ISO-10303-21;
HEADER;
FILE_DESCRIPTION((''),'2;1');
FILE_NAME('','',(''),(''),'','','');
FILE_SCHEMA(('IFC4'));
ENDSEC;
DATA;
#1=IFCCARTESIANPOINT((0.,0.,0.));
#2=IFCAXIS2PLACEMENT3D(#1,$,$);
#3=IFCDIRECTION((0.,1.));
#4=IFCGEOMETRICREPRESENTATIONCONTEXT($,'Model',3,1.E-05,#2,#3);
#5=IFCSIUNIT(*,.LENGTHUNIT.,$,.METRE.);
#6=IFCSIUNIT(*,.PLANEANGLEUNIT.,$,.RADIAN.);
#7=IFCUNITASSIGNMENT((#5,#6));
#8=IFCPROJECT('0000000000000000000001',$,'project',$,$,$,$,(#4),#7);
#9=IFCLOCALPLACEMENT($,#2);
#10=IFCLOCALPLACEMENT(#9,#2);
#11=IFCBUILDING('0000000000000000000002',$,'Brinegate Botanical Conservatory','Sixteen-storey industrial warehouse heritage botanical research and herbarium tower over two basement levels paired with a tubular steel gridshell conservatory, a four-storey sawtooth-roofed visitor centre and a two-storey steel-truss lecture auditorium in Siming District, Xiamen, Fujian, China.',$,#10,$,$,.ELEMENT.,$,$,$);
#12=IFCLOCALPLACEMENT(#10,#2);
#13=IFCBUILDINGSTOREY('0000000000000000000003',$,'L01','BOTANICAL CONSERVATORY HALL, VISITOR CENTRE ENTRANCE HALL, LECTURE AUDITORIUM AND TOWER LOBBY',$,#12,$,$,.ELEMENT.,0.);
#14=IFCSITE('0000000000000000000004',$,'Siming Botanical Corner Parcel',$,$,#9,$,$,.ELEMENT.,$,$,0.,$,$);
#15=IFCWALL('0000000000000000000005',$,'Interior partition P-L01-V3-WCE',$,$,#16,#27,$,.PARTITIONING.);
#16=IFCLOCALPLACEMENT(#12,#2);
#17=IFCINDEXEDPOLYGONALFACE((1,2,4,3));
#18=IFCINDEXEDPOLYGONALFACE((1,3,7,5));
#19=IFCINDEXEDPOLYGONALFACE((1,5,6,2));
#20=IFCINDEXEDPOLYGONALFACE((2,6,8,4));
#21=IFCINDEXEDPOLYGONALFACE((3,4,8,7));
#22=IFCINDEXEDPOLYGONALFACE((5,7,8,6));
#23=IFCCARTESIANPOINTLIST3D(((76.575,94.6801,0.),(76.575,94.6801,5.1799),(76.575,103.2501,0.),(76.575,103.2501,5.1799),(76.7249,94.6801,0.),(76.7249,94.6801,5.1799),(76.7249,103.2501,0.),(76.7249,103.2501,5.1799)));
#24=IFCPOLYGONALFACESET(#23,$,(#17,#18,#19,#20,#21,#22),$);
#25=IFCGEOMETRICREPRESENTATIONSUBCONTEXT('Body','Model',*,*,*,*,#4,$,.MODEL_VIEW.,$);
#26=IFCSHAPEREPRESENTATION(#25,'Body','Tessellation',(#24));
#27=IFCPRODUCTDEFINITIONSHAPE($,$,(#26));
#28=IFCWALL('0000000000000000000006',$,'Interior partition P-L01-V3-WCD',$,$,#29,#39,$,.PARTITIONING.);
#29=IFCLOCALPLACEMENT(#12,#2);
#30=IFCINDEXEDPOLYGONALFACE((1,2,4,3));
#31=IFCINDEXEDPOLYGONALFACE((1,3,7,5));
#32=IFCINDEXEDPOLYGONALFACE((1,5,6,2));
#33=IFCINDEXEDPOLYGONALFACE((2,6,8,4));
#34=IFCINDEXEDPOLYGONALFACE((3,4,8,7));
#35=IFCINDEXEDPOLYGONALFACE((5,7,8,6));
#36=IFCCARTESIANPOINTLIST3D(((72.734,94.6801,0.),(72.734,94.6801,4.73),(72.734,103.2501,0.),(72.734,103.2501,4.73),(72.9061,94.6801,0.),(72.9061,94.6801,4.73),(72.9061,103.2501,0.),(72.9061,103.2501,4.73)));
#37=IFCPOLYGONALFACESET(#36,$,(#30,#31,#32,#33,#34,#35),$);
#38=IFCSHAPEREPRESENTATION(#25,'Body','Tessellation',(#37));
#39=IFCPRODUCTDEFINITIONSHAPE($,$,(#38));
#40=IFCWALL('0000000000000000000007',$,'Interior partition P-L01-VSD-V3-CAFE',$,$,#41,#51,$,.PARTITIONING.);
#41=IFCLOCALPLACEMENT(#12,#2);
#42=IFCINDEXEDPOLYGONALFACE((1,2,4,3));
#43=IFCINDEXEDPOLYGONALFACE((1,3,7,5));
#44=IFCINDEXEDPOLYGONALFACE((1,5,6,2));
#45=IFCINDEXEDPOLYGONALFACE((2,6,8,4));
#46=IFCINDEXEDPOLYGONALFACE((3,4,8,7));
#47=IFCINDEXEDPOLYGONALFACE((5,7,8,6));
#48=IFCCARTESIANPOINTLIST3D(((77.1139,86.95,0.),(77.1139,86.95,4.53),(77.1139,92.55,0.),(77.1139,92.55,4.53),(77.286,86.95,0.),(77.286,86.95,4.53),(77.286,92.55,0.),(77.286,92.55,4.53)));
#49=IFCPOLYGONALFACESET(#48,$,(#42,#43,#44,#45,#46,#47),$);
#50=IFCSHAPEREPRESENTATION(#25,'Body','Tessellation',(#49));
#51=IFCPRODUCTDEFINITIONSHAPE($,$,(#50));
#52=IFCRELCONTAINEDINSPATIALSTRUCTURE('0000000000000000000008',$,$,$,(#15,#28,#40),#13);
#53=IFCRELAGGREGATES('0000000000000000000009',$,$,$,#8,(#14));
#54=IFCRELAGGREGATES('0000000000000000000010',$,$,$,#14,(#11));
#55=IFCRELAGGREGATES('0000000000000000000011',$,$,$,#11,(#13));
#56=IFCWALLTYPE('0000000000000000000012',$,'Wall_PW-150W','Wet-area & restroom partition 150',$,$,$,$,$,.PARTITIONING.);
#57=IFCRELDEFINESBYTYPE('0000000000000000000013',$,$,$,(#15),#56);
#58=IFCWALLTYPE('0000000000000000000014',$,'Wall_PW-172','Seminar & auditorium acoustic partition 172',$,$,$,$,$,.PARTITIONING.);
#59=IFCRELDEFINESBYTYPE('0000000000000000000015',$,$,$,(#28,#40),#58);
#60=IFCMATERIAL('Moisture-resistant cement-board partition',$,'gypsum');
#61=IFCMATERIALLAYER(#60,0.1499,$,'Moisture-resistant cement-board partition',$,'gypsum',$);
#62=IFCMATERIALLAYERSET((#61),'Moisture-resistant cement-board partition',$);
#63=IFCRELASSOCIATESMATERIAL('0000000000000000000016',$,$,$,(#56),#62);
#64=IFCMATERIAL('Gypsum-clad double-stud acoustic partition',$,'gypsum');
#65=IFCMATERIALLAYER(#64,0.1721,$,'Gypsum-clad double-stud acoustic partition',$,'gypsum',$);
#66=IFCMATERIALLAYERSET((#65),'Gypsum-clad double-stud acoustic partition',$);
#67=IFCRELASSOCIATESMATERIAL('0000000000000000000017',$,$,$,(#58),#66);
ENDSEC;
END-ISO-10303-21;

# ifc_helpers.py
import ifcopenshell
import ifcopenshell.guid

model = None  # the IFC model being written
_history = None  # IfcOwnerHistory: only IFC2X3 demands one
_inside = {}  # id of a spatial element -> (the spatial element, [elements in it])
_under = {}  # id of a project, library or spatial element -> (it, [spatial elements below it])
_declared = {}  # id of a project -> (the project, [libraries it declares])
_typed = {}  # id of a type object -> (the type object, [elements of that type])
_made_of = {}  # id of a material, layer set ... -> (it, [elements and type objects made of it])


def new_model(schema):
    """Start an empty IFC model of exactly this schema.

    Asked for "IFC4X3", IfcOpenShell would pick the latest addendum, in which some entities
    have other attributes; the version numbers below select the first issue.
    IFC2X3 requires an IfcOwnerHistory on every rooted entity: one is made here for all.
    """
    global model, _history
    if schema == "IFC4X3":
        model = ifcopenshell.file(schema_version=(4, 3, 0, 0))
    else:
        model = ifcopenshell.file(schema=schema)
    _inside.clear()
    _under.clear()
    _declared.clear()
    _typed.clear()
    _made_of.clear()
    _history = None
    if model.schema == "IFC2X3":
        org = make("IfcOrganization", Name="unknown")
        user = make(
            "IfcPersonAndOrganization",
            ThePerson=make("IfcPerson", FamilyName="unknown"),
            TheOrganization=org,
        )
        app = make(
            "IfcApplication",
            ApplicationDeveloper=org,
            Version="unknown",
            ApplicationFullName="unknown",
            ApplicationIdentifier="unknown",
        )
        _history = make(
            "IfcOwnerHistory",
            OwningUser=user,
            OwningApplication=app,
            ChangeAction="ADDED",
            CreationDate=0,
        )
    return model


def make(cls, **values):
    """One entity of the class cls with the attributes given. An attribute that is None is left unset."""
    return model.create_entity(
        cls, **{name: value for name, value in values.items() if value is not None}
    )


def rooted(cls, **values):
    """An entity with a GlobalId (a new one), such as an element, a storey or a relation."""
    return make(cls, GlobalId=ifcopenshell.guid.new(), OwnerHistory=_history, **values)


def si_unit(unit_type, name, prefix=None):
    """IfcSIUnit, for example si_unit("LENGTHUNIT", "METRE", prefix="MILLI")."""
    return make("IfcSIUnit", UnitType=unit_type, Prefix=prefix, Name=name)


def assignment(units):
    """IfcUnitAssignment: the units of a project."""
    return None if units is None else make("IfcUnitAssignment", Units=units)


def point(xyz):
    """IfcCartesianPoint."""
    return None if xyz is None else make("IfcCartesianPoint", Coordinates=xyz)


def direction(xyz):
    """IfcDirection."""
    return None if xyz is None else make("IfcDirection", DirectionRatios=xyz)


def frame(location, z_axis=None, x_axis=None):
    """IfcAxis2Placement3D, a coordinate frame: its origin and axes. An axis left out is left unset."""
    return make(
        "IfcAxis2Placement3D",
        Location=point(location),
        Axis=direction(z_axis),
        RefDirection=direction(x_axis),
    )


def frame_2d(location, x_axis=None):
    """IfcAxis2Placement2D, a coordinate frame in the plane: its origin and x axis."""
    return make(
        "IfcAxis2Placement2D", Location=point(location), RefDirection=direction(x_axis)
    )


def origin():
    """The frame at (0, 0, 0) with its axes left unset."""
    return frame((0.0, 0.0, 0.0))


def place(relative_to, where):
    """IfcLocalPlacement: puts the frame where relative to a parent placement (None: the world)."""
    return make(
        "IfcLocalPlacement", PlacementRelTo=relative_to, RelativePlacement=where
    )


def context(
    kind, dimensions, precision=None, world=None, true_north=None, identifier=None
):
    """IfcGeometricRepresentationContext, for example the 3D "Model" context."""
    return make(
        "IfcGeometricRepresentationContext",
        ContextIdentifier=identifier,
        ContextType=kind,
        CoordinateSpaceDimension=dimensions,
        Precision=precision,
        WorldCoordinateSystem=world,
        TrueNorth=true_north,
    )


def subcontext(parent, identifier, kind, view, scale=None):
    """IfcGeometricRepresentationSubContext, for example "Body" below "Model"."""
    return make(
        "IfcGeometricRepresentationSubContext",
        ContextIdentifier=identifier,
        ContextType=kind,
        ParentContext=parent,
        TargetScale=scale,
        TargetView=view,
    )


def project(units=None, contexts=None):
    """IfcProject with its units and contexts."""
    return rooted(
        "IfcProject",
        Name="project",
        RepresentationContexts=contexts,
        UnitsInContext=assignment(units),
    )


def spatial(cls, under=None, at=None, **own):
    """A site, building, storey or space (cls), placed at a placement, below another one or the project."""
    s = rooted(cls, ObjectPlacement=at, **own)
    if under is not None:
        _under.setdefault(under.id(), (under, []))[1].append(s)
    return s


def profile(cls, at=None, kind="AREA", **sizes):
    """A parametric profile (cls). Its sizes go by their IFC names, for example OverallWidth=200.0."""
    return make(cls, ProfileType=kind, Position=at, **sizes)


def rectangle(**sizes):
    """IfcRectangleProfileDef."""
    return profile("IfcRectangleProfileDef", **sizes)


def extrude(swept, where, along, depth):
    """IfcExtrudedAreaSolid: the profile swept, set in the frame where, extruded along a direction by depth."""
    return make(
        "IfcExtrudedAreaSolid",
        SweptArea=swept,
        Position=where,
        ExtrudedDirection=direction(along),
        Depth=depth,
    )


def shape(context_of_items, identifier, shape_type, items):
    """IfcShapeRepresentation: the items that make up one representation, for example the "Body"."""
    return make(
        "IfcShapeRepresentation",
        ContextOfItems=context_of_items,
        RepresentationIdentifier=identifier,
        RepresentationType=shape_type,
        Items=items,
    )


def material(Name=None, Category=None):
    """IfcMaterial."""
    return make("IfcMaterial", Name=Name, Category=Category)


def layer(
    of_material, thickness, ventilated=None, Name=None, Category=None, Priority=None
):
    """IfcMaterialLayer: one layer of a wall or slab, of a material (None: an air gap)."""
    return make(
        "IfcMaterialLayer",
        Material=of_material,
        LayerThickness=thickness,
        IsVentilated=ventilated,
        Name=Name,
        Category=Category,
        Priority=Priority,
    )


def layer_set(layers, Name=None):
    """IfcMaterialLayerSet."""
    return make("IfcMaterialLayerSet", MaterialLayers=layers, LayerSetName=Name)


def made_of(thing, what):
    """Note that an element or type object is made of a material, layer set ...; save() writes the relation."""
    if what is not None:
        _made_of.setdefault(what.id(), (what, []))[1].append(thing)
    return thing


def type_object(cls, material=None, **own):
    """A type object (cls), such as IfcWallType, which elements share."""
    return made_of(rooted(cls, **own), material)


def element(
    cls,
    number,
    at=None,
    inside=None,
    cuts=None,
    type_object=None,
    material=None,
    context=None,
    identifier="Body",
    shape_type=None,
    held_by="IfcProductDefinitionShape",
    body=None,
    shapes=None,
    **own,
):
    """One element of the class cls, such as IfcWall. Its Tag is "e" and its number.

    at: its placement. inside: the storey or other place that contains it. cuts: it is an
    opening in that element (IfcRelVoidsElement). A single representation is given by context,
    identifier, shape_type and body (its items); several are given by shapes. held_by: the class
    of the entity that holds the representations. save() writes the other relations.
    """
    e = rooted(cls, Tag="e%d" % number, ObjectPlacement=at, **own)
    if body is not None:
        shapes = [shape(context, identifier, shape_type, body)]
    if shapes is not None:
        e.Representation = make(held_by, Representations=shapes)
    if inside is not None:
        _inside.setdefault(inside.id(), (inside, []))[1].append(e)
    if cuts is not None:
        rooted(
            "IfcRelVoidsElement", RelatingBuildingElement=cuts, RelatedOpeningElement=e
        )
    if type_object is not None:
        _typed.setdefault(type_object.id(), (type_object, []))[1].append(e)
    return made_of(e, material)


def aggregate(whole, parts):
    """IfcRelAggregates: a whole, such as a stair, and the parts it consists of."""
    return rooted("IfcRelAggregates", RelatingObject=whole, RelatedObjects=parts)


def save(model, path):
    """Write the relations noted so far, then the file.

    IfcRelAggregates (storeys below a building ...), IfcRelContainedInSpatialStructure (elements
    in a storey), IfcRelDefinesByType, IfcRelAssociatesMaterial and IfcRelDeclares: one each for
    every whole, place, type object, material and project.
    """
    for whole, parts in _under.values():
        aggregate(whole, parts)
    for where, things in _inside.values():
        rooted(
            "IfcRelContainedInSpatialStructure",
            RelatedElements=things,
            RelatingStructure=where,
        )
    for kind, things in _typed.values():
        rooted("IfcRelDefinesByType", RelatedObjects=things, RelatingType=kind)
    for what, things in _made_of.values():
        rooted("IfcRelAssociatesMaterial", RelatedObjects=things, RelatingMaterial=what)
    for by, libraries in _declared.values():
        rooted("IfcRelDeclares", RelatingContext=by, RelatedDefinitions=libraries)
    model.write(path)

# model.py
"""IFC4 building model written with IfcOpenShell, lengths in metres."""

from ifc_helpers import new_model, si_unit, direction, frame, frame_2d, origin, place, context, subcontext, project, spatial, rectangle, extrude, material, layer, layer_set, type_object, element, save


model = new_model("IFC4")

# Units and contexts
model_context = context("Model", 3, precision=1e-05, world=origin(), true_north=direction((0.0, 1.0)))
body_context = subcontext(model_context, "Body", "Model", "MODEL_VIEW")
ifc_project = project(units=[si_unit("LENGTHUNIT", "METRE"), si_unit("PLANEANGLEUNIT", "RADIAN")], contexts=[model_context])

# Site, building, storey
site_placement = place(None, origin())
site = spatial("IfcSite", under=ifc_project, at=site_placement, Name="Siming Botanical Corner Parcel", CompositionType="ELEMENT", RefElevation=0.0)
building_placement = place(site_placement, origin())
building = spatial("IfcBuilding", under=site, at=building_placement, Name="Brinegate Botanical Conservatory", Description="Sixteen-storey industrial warehouse heritage botanical research and herbarium tower over two basement levels paired with a tubular steel gridshell conservatory, a four-storey sawtooth-roofed visitor centre and a two-storey steel-truss lecture auditorium in Siming District, Xiamen, Fujian, China.", CompositionType="ELEMENT")
storey_placement = place(building_placement, origin())
storey = spatial("IfcBuildingStorey", under=building, at=storey_placement, Name="L01", Description="BOTANICAL CONSERVATORY HALL, VISITOR CENTRE ENTRANCE HALL, LECTURE AUDITORIUM AND TOWER LOBBY", CompositionType="ELEMENT", Elevation=0.0)

# Walls
ifc_material_1 = material(Name="Moisture-resistant cement-board partition", Category="gypsum")
ifc_layer_1 = layer(ifc_material_1, 0.1499, Name="Moisture-resistant cement-board partition", Category="gypsum")
ifc_layer_set_1 = layer_set([ifc_layer_1], Name="Moisture-resistant cement-board partition")
wall_type_1 = type_object("IfcWallType", Name="Wall_PW-150W", Description="Wet-area & restroom partition 150", PredefinedType="PARTITIONING", material=ifc_layer_set_1)
for number, where, z_axis, x_axis, name in (
    (1, (76.6499, 94.6799, 0.0), (0.0, 0.0, 1.0), (0.0, 1.0, 0.0), "Interior partition P-L01-V3-WCE"),
):
    element("IfcWall", number, at=place(storey_placement, frame(where, z_axis=z_axis, x_axis=x_axis)), inside=storey, type_object=wall_type_1, Name=name, PredefinedType="PARTITIONING", context=body_context, shape_type="SweptSolid", body=[
        extrude(rectangle(XDim=8.5701, YDim=0.1499, at=frame_2d((4.2852, 0.0))), origin(), (0.0, 0.0, 1.0), 5.1799),
    ])
ifc_material_2 = material(Name="Gypsum-clad double-stud acoustic partition", Category="gypsum")
ifc_layer_2 = layer(ifc_material_2, 0.1721, Name="Gypsum-clad double-stud acoustic partition", Category="gypsum")
ifc_layer_set_2 = layer_set([ifc_layer_2], Name="Gypsum-clad double-stud acoustic partition")
wall_type_2 = type_object("IfcWallType", Name="Wall_PW-172", Description="Seminar & auditorium acoustic partition 172", PredefinedType="PARTITIONING", material=ifc_layer_set_2)
wall_1_placement = place(storey_placement, frame((72.8201, 94.6799, 0.0), z_axis=(0.0, 0.0, 1.0), x_axis=(0.0, 1.0, 0.0)))
element("IfcWall", 2, at=wall_1_placement, inside=storey, type_object=wall_type_2, Name="Interior partition P-L01-V3-WCD", PredefinedType="PARTITIONING", context=body_context, shape_type="SweptSolid", body=[
    extrude(rectangle(XDim=8.5701, YDim=0.1721, at=frame_2d((4.2852, 0.0))), origin(), (0.0, 0.0, 1.0), 4.73),
])
wall_2_placement = place(storey_placement, frame((77.2, 86.95, 0.0), z_axis=(0.0, 0.0, 1.0), x_axis=(0.0, 1.0, 0.0)))
element("IfcWall", 3, at=wall_2_placement, inside=storey, type_object=wall_type_2, Name="Interior partition P-L01-VSD-V3-CAFE", PredefinedType="PARTITIONING", context=body_context, shape_type="SweptSolid", body=[
    extrude(rectangle(XDim=5.6001, YDim=0.1721, at=frame_2d((2.8, 0.0))), origin(), (0.0, 0.0, 1.0), 4.53),
])

save(model, "model.ifc")
